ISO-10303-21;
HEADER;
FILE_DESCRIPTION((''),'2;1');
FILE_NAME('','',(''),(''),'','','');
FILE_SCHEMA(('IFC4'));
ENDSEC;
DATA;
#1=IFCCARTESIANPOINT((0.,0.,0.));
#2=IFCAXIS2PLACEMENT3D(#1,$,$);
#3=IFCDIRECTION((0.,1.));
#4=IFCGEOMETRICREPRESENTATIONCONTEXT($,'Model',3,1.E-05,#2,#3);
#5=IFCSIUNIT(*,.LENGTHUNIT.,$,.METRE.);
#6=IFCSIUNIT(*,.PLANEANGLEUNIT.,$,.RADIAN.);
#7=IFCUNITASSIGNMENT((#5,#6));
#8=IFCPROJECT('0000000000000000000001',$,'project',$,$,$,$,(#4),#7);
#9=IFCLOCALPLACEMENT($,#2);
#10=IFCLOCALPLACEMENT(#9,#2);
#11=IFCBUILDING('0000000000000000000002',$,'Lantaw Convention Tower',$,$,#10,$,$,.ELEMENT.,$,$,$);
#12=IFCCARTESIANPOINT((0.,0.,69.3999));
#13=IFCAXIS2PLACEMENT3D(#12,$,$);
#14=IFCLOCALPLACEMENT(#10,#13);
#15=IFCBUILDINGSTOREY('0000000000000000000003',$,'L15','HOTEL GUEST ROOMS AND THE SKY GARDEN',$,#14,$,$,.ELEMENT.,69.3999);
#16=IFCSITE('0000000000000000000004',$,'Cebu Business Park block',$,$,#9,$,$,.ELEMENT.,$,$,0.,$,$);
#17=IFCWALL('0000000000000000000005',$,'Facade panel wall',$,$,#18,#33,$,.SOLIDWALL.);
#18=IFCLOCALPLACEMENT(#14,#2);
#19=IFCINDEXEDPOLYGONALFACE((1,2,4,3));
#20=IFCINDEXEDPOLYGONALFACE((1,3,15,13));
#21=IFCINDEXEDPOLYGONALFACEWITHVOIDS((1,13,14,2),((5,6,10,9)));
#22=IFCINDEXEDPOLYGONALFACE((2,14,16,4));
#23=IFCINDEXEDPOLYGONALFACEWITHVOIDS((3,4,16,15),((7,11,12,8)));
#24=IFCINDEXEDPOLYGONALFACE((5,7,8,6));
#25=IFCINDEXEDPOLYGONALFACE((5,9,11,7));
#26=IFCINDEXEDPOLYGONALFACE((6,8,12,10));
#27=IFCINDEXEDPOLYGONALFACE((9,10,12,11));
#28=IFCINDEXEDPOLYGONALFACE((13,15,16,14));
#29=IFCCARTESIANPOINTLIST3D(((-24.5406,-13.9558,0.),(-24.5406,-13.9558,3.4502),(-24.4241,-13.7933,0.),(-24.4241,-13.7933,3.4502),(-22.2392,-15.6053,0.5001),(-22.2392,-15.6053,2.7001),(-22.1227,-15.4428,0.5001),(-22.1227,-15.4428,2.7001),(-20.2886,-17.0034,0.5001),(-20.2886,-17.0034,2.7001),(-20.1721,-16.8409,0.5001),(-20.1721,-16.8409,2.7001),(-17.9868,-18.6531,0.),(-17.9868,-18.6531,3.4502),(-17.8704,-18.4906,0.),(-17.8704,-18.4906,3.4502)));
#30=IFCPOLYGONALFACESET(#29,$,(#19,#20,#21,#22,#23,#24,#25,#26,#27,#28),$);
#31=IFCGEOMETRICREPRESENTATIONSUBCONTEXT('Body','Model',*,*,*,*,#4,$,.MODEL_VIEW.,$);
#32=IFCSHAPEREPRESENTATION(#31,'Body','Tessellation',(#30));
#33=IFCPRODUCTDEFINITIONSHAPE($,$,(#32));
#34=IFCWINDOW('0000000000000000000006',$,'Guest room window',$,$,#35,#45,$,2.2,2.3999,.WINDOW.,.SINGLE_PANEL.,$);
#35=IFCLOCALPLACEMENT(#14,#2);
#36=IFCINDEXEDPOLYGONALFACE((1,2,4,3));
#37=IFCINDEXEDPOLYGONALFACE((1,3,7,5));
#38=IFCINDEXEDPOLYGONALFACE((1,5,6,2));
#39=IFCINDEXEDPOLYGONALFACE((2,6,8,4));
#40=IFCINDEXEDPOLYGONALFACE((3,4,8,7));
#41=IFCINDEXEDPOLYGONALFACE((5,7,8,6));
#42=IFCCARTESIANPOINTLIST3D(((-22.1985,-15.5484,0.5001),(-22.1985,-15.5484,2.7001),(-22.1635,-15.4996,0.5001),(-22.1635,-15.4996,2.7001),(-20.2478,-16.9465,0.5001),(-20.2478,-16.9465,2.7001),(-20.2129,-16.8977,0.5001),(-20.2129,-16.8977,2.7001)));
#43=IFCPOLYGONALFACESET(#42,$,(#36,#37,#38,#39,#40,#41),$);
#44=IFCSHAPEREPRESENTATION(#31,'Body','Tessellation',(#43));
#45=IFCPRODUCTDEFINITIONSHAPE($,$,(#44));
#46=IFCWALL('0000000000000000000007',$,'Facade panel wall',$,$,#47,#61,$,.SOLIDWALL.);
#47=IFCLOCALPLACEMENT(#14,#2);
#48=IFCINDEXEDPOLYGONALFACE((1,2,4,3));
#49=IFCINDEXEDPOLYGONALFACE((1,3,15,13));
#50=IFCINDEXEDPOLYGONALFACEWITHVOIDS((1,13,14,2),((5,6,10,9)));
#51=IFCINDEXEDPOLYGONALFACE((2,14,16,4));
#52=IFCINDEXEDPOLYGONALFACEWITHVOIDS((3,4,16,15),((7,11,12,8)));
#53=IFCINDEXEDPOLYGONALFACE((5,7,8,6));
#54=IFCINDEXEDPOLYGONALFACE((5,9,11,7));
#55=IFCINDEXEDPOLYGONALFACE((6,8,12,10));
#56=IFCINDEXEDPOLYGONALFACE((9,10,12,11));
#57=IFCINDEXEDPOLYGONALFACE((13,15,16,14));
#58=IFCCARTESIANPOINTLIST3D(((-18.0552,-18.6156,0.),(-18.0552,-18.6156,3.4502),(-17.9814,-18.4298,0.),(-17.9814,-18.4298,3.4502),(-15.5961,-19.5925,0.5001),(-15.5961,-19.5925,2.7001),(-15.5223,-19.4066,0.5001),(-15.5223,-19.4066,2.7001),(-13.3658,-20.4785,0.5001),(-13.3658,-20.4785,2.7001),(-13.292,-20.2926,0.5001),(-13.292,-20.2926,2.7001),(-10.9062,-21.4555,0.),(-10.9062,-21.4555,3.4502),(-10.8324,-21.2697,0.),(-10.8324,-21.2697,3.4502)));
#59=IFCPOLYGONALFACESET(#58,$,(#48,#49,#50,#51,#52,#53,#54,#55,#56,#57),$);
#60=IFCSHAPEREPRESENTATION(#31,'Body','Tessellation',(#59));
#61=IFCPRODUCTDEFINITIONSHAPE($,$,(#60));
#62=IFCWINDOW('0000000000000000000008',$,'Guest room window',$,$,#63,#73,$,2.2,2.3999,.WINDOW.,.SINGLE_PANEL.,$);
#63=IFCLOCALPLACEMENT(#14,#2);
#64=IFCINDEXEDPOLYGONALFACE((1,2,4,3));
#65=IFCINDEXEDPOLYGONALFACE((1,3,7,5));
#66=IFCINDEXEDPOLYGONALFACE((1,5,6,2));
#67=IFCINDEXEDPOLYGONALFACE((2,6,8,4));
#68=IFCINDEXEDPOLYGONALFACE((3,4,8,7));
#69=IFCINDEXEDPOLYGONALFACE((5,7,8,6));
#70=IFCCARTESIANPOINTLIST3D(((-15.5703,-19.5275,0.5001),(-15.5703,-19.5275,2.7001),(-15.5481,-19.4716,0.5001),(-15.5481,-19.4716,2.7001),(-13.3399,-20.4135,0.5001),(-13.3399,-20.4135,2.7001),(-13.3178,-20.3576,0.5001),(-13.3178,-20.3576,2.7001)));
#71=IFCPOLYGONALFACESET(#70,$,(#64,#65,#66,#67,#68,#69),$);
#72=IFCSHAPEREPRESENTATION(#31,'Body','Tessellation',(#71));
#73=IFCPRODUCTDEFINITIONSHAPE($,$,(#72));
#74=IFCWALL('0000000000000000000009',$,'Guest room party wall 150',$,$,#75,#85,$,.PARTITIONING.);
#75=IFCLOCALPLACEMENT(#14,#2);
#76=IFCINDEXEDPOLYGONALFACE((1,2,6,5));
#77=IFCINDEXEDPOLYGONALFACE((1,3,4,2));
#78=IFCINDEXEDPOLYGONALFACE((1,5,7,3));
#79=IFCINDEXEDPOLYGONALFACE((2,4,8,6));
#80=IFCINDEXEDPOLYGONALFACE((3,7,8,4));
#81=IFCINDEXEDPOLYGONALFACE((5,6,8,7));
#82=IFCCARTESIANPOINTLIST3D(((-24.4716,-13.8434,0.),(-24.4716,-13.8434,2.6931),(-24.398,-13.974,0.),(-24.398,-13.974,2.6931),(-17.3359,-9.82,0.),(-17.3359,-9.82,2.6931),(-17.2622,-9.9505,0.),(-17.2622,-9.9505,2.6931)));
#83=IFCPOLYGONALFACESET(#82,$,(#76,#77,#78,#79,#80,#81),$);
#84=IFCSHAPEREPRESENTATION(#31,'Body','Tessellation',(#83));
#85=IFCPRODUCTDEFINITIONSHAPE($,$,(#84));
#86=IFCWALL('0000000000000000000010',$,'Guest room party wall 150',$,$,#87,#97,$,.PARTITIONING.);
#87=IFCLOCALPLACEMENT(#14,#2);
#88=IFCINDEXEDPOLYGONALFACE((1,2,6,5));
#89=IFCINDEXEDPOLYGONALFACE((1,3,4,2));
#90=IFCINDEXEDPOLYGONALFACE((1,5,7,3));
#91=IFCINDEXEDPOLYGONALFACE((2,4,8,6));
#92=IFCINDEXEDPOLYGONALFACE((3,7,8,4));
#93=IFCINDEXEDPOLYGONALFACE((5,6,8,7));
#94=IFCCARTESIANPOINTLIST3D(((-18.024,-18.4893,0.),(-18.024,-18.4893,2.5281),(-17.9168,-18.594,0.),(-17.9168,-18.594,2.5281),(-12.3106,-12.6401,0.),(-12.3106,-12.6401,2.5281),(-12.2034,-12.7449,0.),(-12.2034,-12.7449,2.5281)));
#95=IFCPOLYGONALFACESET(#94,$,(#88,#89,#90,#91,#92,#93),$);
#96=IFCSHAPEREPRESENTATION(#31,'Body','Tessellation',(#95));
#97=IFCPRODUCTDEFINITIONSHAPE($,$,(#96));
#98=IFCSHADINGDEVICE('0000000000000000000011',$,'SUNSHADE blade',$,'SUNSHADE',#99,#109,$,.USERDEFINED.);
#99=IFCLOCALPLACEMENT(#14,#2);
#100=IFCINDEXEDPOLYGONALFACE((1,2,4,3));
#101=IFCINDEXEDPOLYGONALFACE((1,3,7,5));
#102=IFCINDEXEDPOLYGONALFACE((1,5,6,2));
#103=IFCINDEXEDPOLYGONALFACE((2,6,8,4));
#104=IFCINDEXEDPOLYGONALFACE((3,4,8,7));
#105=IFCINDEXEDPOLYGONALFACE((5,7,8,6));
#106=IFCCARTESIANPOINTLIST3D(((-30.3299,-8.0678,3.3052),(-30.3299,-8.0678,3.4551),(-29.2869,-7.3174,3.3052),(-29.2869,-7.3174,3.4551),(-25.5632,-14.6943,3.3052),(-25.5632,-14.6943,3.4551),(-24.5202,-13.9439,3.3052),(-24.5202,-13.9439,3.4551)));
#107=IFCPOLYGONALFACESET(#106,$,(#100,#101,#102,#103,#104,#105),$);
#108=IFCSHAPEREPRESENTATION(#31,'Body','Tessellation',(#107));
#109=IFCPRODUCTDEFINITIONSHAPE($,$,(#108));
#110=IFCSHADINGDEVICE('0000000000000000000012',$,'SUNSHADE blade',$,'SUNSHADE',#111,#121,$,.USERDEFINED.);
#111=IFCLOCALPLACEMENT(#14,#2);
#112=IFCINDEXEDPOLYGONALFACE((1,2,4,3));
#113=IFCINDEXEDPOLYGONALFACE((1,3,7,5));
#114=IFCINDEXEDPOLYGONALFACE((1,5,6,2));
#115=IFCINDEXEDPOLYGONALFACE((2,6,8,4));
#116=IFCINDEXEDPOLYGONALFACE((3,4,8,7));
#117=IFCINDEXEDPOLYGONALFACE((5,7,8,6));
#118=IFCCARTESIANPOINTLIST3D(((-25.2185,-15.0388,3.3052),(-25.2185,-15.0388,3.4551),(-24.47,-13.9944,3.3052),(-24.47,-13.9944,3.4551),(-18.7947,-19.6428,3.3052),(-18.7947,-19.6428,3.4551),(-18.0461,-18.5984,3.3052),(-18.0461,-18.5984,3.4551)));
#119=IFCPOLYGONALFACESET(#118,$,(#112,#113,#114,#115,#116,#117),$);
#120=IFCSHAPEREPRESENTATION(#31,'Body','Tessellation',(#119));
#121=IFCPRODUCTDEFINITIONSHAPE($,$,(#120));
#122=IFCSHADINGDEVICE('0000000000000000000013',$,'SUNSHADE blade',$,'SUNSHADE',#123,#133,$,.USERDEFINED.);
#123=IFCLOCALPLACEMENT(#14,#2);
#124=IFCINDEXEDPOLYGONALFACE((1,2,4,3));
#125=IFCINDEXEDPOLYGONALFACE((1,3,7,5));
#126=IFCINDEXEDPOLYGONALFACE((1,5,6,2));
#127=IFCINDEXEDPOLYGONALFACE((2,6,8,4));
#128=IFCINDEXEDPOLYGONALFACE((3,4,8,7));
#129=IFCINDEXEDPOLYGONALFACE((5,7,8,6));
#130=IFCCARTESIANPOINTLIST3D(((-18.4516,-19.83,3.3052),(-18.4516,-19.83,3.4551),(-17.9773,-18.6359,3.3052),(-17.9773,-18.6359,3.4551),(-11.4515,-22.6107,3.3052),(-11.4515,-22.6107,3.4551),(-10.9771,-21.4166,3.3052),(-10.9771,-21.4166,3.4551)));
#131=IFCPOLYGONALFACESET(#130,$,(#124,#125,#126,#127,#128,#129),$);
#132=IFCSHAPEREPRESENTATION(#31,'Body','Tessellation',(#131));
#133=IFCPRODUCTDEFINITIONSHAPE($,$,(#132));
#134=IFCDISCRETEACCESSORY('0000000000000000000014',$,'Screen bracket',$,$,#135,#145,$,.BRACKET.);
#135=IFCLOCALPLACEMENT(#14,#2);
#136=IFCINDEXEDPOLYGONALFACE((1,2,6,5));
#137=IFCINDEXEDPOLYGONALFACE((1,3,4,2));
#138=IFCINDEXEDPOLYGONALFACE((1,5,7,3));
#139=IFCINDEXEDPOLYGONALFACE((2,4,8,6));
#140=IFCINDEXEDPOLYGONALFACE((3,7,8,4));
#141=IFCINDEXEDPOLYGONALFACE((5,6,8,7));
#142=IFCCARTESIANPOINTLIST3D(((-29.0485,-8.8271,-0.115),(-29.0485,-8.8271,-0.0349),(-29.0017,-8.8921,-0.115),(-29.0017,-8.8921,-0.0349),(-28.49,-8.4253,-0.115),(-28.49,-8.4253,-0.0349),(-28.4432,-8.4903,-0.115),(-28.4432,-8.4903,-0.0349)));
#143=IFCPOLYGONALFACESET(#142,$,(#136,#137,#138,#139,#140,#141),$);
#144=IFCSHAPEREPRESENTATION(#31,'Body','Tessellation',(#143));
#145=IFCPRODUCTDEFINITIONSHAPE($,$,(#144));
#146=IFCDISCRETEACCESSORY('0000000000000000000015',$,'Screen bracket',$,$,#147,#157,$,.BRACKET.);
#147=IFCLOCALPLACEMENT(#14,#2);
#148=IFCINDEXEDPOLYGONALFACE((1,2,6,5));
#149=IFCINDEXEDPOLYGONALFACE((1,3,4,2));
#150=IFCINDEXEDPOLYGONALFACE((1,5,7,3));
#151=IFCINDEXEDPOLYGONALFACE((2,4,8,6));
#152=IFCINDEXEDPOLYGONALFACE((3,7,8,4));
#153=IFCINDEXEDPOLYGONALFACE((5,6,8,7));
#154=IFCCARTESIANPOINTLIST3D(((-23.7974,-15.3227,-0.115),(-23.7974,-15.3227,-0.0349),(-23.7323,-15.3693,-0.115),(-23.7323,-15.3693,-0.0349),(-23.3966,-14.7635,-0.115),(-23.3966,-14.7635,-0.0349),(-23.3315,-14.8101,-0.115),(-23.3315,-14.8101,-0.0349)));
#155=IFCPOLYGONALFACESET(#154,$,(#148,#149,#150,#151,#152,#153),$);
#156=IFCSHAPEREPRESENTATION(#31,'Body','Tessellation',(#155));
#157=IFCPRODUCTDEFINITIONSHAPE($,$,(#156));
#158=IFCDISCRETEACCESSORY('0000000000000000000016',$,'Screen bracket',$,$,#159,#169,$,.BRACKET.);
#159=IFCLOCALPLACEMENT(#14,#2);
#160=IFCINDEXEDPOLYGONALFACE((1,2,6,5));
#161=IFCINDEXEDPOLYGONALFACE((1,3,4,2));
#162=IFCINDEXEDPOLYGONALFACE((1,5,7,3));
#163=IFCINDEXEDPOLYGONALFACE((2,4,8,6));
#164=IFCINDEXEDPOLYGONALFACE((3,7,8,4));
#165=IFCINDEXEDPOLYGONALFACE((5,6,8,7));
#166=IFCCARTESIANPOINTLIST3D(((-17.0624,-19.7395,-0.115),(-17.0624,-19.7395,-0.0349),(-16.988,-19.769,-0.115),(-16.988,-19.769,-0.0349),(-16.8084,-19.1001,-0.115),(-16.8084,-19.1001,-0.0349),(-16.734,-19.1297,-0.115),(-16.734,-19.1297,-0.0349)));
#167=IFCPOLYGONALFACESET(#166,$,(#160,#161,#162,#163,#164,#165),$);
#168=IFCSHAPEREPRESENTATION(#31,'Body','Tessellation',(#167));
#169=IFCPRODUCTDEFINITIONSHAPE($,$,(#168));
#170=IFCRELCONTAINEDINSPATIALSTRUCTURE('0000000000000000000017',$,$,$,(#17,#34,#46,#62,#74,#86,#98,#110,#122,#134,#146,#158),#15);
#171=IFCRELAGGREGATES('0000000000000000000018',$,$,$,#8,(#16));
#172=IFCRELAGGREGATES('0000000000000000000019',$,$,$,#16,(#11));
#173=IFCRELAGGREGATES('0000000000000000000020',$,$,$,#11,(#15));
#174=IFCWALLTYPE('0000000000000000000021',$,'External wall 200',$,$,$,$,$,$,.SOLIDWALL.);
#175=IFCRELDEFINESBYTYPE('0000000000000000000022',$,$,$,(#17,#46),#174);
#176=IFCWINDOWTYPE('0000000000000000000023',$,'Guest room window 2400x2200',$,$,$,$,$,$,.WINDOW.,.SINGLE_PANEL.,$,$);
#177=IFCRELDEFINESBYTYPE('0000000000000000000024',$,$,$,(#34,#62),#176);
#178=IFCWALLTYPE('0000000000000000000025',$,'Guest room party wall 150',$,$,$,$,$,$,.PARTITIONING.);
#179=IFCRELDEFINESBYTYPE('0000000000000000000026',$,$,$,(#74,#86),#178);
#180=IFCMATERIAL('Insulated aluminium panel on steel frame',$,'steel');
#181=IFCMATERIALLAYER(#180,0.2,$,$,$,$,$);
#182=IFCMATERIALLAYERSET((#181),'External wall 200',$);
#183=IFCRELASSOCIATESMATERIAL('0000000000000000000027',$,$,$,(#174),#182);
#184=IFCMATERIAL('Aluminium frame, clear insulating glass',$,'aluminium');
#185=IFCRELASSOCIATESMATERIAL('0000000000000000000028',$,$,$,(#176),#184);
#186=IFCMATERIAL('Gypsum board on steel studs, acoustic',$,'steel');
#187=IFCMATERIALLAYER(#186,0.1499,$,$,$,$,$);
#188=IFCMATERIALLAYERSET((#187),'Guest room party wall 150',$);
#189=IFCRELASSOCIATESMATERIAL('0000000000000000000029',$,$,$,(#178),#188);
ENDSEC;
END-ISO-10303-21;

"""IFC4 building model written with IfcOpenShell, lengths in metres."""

from ifc_helpers import new_model, si_unit, direction, frame, frame_2d, origin, origin_2d, place, context, subcontext, project, spatial, rectangle, extrude, material, layer, layer_set, type_object, element, fill, save


model = new_model("IFC4")

# Units and contexts
model_context = context("Model", 3, precision=1e-05, world=origin(), true_north=direction((0.0, 1.0)))
body_context = subcontext(model_context, "Body", "Model", "MODEL_VIEW")
ifc_project = project(units=[si_unit("LENGTHUNIT", "METRE"), si_unit("PLANEANGLEUNIT", "RADIAN")], contexts=[model_context])

# Site, building, storey
site_placement = place(None, origin())
site = spatial("IfcSite", under=ifc_project, at=site_placement, Name="Cebu Business Park block", CompositionType="ELEMENT", RefElevation=0.0)
building_placement = place(site_placement, origin())
building = spatial("IfcBuilding", under=site, at=building_placement, Name="Lantaw Convention Tower", CompositionType="ELEMENT")
storey_placement = place(building_placement, frame((0.0, 0.0, 69.3999)))
storey = spatial("IfcBuildingStorey", under=building, at=storey_placement, Name="L15", Description="HOTEL GUEST ROOMS AND THE SKY GARDEN", CompositionType="ELEMENT", Elevation=69.3999)

# Walls, openings, windows
ifc_material_1 = material(Name="Insulated aluminium panel on steel frame", Category="steel")
ifc_layer_1 = layer(ifc_material_1, 0.2)
ifc_layer_set_1 = layer_set([ifc_layer_1], Name="External wall 200")
wall_type_1 = type_object("IfcWallType", Name="External wall 200", PredefinedType="SOLIDWALL", material=ifc_layer_set_1)
wall_1_placement = place(storey_placement, frame((-24.4824, -13.8745, 0.0), z_axis=(0.0, 0.0, 1.0), x_axis=(0.812791, -0.582555, 0.0)))
wall_1 = element("IfcWall", 1, at=wall_1_placement, inside=storey, type_object=wall_type_1, Name="Facade panel wall", PredefinedType="SOLIDWALL", context=body_context, shape_type="SweptSolid", body=[
    extrude(rectangle(XDim=8.0632, YDim=0.2, at=frame_2d((4.0317, 0.0))), origin(), (0.0, 0.0, 1.0), 3.4502),
])
opening_1_placement = place(wall_1_placement, frame((2.8315, 0.0, 0.5)))
opening_1 = element("IfcOpeningElement", 2, at=opening_1_placement, cuts=wall_1, PredefinedType="OPENING", context=body_context, shape_type="SweptSolid", body=[
    extrude(rectangle(XDim=2.3999, YDim=2.2, at=frame_2d((1.2, 1.1001))), frame((0.0, 0.1099, 0.0), z_axis=(0.0, -1.0, 0.0), x_axis=(1.0, 0.0, 0.0)), (0.0, 0.0, 1.0), 0.22),
])
ifc_material_2 = material(Name="Aluminium frame, clear insulating glass", Category="aluminium")
window_type = type_object("IfcWindowType", Name="Guest room window 2400x2200", PartitioningType="SINGLE_PANEL", PredefinedType="WINDOW", material=ifc_material_2)
window_1_placement = place(opening_1_placement, origin())
window_1 = element("IfcWindow", 3, at=window_1_placement, inside=storey, type_object=window_type, Name="Guest room window", OverallHeight=2.2, OverallWidth=2.3999, PartitioningType="SINGLE_PANEL", PredefinedType="WINDOW", context=body_context, shape_type="SweptSolid", body=[
    extrude(rectangle(XDim=2.3999, YDim=2.2, at=frame_2d((1.2, 1.1001))), frame((0.0, 0.03, 0.0), z_axis=(0.0, -1.0, 0.0), x_axis=(1.0, 0.0, 0.0)), (0.0, 0.0, 1.0), 0.0601),
])
fill(opening_1, window_1)
wall_2_placement = place(storey_placement, frame((-18.0183, -18.5227, 0.0), z_axis=(0.0, 0.0, 1.0), x_axis=(0.929358, -0.369179, 0.0)))
wall_2 = element("IfcWall", 4, at=wall_2_placement, inside=storey, type_object=wall_type_1, Name="Facade panel wall", PredefinedType="SOLIDWALL", context=body_context, shape_type="SweptSolid", body=[
    extrude(rectangle(XDim=7.6924, YDim=0.2, at=frame_2d((3.8462, 0.0))), origin(), (0.0, 0.0, 1.0), 3.4502),
])
opening_2_placement = place(wall_2_placement, frame((2.646, 0.0, 0.5)))
opening_2 = element("IfcOpeningElement", 5, at=opening_2_placement, cuts=wall_2, PredefinedType="OPENING", context=body_context, shape_type="SweptSolid", body=[
    extrude(rectangle(XDim=2.3999, YDim=2.2, at=frame_2d((1.2, 1.1001))), frame((0.0, 0.1099, 0.0), z_axis=(0.0, -1.0, 0.0), x_axis=(1.0, 0.0, 0.0)), (0.0, 0.0, 1.0), 0.22),
])
window_2_placement = place(opening_2_placement, origin())
window_2 = element("IfcWindow", 6, at=window_2_placement, inside=storey, type_object=window_type, Name="Guest room window", OverallHeight=2.2, OverallWidth=2.3999, PartitioningType="SINGLE_PANEL", PredefinedType="WINDOW", context=body_context, shape_type="SweptSolid", body=[
    extrude(rectangle(XDim=2.3999, YDim=2.2, at=frame_2d((1.2, 1.1001))), frame((0.0, 0.03, 0.0), z_axis=(0.0, -1.0, 0.0), x_axis=(1.0, 0.0, 0.0)), (0.0, 0.0, 1.0), 0.0601),
])
fill(opening_2, window_2)

# Walls
ifc_material_3 = material(Name="Gypsum board on steel studs, acoustic", Category="steel")
ifc_layer_2 = layer(ifc_material_3, 0.1499)
ifc_layer_set_2 = layer_set([ifc_layer_2], Name="Guest room party wall 150")
wall_type_2 = type_object("IfcWallType", Name="Guest room party wall 150", PredefinedType="PARTITIONING", material=ifc_layer_set_2)
wall_3_placement = place(storey_placement, frame((-24.4348, -13.9087, 0.0), z_axis=(0.0, 0.0, 1.0), x_axis=(0.871075, 0.49115, 0.0)))
element("IfcWall", 7, at=wall_3_placement, inside=storey, type_object=wall_type_2, Name="Guest room party wall 150", PredefinedType="PARTITIONING", context=body_context, shape_type="SweptSolid", body=[
    extrude(rectangle(XDim=8.1919, YDim=0.1499, at=frame_2d((4.0959, 0.0))), origin(), (0.0, 0.0, 1.0), 2.6931),
])
wall_4_placement = place(storey_placement, frame((-17.9705, -18.5417, 0.0), z_axis=(0.0, 0.0, 1.0), x_axis=(0.698757, 0.715359, 0.0)))
element("IfcWall", 8, at=wall_4_placement, inside=storey, type_object=wall_type_2, Name="Guest room party wall 150", PredefinedType="PARTITIONING", context=body_context, shape_type="SweptSolid", body=[
    extrude(rectangle(XDim=8.1765, YDim=0.1499, at=frame_2d((4.0884, 0.0))), origin(), (0.0, 0.0, 1.0), 2.5281),
])

# Shading devices
shading_device_1_placement = place(storey_placement, frame((-27.425, -11.0059, 3.3052), z_axis=(0.0, 0.0, 1.0), x_axis=(0.583951, -0.811789, 0.0)))
element("IfcShadingDevice", 9, at=shading_device_1_placement, inside=storey, Name="SUNSHADE blade", ObjectType="SUNSHADE", PredefinedType="USERDEFINED", context=body_context, shape_type="SweptSolid", body=[
    extrude(rectangle(XDim=8.1628, YDim=1.2849, at=origin_2d()), origin(), (0.0, 0.0, 1.0), 0.1499),
])
shading_device_2_placement = place(storey_placement, frame((-21.6323, -16.8186, 3.3052), z_axis=(0.0, 0.0, 1.0), x_axis=(0.812804, -0.582538, 0.0)))
element("IfcShadingDevice", 10, at=shading_device_2_placement, inside=storey, Name="SUNSHADE blade", ObjectType="SUNSHADE", PredefinedType="USERDEFINED", context=body_context, shape_type="SweptSolid", body=[
    extrude(rectangle(XDim=7.9033, YDim=1.2849, at=origin_2d()), origin(), (0.0, 0.0, 1.0), 0.1499),
])
shading_device_3_placement = place(storey_placement, frame((-14.7144, -20.6233, 3.3052), z_axis=(0.0, 0.0, 1.0), x_axis=(0.929361, -0.369172, 0.0)))
element("IfcShadingDevice", 11, at=shading_device_3_placement, inside=storey, Name="SUNSHADE blade", ObjectType="SUNSHADE", PredefinedType="USERDEFINED", context=body_context, shape_type="SweptSolid", body=[
    extrude(rectangle(XDim=7.5322, YDim=1.2849, at=origin_2d()), origin(), (0.0, 0.0, 1.0), 0.1499),
])

# Discrete accessories
for number, where, z_axis, x_axis, name in (
    (12, (-28.7458, -8.6587, -0.115), (0.0, 0.0, 1.0), (0.583951, -0.811789, 0.0), "Screen bracket"),
    (13, (-23.5645, -15.0664, -0.115), (0.0, 0.0, 1.0), (0.812804, -0.582538, 0.0), "Screen bracket"),
    (14, (-16.8982, -19.4346, -0.115), (0.0, 0.0, 1.0), (0.929361, -0.369172, 0.0), "Screen bracket"),
):
    element("IfcDiscreteAccessory", number, at=place(storey_placement, frame(where, z_axis=z_axis, x_axis=x_axis)), inside=storey, Name=name, PredefinedType="BRACKET", context=body_context, shape_type="SweptSolid", body=[
        extrude(rectangle(XDim=0.0801, YDim=0.688, at=origin_2d()), origin(), (0.0, 0.0, 1.0), 0.0801),
    ])

save(model, "model.ifc")
